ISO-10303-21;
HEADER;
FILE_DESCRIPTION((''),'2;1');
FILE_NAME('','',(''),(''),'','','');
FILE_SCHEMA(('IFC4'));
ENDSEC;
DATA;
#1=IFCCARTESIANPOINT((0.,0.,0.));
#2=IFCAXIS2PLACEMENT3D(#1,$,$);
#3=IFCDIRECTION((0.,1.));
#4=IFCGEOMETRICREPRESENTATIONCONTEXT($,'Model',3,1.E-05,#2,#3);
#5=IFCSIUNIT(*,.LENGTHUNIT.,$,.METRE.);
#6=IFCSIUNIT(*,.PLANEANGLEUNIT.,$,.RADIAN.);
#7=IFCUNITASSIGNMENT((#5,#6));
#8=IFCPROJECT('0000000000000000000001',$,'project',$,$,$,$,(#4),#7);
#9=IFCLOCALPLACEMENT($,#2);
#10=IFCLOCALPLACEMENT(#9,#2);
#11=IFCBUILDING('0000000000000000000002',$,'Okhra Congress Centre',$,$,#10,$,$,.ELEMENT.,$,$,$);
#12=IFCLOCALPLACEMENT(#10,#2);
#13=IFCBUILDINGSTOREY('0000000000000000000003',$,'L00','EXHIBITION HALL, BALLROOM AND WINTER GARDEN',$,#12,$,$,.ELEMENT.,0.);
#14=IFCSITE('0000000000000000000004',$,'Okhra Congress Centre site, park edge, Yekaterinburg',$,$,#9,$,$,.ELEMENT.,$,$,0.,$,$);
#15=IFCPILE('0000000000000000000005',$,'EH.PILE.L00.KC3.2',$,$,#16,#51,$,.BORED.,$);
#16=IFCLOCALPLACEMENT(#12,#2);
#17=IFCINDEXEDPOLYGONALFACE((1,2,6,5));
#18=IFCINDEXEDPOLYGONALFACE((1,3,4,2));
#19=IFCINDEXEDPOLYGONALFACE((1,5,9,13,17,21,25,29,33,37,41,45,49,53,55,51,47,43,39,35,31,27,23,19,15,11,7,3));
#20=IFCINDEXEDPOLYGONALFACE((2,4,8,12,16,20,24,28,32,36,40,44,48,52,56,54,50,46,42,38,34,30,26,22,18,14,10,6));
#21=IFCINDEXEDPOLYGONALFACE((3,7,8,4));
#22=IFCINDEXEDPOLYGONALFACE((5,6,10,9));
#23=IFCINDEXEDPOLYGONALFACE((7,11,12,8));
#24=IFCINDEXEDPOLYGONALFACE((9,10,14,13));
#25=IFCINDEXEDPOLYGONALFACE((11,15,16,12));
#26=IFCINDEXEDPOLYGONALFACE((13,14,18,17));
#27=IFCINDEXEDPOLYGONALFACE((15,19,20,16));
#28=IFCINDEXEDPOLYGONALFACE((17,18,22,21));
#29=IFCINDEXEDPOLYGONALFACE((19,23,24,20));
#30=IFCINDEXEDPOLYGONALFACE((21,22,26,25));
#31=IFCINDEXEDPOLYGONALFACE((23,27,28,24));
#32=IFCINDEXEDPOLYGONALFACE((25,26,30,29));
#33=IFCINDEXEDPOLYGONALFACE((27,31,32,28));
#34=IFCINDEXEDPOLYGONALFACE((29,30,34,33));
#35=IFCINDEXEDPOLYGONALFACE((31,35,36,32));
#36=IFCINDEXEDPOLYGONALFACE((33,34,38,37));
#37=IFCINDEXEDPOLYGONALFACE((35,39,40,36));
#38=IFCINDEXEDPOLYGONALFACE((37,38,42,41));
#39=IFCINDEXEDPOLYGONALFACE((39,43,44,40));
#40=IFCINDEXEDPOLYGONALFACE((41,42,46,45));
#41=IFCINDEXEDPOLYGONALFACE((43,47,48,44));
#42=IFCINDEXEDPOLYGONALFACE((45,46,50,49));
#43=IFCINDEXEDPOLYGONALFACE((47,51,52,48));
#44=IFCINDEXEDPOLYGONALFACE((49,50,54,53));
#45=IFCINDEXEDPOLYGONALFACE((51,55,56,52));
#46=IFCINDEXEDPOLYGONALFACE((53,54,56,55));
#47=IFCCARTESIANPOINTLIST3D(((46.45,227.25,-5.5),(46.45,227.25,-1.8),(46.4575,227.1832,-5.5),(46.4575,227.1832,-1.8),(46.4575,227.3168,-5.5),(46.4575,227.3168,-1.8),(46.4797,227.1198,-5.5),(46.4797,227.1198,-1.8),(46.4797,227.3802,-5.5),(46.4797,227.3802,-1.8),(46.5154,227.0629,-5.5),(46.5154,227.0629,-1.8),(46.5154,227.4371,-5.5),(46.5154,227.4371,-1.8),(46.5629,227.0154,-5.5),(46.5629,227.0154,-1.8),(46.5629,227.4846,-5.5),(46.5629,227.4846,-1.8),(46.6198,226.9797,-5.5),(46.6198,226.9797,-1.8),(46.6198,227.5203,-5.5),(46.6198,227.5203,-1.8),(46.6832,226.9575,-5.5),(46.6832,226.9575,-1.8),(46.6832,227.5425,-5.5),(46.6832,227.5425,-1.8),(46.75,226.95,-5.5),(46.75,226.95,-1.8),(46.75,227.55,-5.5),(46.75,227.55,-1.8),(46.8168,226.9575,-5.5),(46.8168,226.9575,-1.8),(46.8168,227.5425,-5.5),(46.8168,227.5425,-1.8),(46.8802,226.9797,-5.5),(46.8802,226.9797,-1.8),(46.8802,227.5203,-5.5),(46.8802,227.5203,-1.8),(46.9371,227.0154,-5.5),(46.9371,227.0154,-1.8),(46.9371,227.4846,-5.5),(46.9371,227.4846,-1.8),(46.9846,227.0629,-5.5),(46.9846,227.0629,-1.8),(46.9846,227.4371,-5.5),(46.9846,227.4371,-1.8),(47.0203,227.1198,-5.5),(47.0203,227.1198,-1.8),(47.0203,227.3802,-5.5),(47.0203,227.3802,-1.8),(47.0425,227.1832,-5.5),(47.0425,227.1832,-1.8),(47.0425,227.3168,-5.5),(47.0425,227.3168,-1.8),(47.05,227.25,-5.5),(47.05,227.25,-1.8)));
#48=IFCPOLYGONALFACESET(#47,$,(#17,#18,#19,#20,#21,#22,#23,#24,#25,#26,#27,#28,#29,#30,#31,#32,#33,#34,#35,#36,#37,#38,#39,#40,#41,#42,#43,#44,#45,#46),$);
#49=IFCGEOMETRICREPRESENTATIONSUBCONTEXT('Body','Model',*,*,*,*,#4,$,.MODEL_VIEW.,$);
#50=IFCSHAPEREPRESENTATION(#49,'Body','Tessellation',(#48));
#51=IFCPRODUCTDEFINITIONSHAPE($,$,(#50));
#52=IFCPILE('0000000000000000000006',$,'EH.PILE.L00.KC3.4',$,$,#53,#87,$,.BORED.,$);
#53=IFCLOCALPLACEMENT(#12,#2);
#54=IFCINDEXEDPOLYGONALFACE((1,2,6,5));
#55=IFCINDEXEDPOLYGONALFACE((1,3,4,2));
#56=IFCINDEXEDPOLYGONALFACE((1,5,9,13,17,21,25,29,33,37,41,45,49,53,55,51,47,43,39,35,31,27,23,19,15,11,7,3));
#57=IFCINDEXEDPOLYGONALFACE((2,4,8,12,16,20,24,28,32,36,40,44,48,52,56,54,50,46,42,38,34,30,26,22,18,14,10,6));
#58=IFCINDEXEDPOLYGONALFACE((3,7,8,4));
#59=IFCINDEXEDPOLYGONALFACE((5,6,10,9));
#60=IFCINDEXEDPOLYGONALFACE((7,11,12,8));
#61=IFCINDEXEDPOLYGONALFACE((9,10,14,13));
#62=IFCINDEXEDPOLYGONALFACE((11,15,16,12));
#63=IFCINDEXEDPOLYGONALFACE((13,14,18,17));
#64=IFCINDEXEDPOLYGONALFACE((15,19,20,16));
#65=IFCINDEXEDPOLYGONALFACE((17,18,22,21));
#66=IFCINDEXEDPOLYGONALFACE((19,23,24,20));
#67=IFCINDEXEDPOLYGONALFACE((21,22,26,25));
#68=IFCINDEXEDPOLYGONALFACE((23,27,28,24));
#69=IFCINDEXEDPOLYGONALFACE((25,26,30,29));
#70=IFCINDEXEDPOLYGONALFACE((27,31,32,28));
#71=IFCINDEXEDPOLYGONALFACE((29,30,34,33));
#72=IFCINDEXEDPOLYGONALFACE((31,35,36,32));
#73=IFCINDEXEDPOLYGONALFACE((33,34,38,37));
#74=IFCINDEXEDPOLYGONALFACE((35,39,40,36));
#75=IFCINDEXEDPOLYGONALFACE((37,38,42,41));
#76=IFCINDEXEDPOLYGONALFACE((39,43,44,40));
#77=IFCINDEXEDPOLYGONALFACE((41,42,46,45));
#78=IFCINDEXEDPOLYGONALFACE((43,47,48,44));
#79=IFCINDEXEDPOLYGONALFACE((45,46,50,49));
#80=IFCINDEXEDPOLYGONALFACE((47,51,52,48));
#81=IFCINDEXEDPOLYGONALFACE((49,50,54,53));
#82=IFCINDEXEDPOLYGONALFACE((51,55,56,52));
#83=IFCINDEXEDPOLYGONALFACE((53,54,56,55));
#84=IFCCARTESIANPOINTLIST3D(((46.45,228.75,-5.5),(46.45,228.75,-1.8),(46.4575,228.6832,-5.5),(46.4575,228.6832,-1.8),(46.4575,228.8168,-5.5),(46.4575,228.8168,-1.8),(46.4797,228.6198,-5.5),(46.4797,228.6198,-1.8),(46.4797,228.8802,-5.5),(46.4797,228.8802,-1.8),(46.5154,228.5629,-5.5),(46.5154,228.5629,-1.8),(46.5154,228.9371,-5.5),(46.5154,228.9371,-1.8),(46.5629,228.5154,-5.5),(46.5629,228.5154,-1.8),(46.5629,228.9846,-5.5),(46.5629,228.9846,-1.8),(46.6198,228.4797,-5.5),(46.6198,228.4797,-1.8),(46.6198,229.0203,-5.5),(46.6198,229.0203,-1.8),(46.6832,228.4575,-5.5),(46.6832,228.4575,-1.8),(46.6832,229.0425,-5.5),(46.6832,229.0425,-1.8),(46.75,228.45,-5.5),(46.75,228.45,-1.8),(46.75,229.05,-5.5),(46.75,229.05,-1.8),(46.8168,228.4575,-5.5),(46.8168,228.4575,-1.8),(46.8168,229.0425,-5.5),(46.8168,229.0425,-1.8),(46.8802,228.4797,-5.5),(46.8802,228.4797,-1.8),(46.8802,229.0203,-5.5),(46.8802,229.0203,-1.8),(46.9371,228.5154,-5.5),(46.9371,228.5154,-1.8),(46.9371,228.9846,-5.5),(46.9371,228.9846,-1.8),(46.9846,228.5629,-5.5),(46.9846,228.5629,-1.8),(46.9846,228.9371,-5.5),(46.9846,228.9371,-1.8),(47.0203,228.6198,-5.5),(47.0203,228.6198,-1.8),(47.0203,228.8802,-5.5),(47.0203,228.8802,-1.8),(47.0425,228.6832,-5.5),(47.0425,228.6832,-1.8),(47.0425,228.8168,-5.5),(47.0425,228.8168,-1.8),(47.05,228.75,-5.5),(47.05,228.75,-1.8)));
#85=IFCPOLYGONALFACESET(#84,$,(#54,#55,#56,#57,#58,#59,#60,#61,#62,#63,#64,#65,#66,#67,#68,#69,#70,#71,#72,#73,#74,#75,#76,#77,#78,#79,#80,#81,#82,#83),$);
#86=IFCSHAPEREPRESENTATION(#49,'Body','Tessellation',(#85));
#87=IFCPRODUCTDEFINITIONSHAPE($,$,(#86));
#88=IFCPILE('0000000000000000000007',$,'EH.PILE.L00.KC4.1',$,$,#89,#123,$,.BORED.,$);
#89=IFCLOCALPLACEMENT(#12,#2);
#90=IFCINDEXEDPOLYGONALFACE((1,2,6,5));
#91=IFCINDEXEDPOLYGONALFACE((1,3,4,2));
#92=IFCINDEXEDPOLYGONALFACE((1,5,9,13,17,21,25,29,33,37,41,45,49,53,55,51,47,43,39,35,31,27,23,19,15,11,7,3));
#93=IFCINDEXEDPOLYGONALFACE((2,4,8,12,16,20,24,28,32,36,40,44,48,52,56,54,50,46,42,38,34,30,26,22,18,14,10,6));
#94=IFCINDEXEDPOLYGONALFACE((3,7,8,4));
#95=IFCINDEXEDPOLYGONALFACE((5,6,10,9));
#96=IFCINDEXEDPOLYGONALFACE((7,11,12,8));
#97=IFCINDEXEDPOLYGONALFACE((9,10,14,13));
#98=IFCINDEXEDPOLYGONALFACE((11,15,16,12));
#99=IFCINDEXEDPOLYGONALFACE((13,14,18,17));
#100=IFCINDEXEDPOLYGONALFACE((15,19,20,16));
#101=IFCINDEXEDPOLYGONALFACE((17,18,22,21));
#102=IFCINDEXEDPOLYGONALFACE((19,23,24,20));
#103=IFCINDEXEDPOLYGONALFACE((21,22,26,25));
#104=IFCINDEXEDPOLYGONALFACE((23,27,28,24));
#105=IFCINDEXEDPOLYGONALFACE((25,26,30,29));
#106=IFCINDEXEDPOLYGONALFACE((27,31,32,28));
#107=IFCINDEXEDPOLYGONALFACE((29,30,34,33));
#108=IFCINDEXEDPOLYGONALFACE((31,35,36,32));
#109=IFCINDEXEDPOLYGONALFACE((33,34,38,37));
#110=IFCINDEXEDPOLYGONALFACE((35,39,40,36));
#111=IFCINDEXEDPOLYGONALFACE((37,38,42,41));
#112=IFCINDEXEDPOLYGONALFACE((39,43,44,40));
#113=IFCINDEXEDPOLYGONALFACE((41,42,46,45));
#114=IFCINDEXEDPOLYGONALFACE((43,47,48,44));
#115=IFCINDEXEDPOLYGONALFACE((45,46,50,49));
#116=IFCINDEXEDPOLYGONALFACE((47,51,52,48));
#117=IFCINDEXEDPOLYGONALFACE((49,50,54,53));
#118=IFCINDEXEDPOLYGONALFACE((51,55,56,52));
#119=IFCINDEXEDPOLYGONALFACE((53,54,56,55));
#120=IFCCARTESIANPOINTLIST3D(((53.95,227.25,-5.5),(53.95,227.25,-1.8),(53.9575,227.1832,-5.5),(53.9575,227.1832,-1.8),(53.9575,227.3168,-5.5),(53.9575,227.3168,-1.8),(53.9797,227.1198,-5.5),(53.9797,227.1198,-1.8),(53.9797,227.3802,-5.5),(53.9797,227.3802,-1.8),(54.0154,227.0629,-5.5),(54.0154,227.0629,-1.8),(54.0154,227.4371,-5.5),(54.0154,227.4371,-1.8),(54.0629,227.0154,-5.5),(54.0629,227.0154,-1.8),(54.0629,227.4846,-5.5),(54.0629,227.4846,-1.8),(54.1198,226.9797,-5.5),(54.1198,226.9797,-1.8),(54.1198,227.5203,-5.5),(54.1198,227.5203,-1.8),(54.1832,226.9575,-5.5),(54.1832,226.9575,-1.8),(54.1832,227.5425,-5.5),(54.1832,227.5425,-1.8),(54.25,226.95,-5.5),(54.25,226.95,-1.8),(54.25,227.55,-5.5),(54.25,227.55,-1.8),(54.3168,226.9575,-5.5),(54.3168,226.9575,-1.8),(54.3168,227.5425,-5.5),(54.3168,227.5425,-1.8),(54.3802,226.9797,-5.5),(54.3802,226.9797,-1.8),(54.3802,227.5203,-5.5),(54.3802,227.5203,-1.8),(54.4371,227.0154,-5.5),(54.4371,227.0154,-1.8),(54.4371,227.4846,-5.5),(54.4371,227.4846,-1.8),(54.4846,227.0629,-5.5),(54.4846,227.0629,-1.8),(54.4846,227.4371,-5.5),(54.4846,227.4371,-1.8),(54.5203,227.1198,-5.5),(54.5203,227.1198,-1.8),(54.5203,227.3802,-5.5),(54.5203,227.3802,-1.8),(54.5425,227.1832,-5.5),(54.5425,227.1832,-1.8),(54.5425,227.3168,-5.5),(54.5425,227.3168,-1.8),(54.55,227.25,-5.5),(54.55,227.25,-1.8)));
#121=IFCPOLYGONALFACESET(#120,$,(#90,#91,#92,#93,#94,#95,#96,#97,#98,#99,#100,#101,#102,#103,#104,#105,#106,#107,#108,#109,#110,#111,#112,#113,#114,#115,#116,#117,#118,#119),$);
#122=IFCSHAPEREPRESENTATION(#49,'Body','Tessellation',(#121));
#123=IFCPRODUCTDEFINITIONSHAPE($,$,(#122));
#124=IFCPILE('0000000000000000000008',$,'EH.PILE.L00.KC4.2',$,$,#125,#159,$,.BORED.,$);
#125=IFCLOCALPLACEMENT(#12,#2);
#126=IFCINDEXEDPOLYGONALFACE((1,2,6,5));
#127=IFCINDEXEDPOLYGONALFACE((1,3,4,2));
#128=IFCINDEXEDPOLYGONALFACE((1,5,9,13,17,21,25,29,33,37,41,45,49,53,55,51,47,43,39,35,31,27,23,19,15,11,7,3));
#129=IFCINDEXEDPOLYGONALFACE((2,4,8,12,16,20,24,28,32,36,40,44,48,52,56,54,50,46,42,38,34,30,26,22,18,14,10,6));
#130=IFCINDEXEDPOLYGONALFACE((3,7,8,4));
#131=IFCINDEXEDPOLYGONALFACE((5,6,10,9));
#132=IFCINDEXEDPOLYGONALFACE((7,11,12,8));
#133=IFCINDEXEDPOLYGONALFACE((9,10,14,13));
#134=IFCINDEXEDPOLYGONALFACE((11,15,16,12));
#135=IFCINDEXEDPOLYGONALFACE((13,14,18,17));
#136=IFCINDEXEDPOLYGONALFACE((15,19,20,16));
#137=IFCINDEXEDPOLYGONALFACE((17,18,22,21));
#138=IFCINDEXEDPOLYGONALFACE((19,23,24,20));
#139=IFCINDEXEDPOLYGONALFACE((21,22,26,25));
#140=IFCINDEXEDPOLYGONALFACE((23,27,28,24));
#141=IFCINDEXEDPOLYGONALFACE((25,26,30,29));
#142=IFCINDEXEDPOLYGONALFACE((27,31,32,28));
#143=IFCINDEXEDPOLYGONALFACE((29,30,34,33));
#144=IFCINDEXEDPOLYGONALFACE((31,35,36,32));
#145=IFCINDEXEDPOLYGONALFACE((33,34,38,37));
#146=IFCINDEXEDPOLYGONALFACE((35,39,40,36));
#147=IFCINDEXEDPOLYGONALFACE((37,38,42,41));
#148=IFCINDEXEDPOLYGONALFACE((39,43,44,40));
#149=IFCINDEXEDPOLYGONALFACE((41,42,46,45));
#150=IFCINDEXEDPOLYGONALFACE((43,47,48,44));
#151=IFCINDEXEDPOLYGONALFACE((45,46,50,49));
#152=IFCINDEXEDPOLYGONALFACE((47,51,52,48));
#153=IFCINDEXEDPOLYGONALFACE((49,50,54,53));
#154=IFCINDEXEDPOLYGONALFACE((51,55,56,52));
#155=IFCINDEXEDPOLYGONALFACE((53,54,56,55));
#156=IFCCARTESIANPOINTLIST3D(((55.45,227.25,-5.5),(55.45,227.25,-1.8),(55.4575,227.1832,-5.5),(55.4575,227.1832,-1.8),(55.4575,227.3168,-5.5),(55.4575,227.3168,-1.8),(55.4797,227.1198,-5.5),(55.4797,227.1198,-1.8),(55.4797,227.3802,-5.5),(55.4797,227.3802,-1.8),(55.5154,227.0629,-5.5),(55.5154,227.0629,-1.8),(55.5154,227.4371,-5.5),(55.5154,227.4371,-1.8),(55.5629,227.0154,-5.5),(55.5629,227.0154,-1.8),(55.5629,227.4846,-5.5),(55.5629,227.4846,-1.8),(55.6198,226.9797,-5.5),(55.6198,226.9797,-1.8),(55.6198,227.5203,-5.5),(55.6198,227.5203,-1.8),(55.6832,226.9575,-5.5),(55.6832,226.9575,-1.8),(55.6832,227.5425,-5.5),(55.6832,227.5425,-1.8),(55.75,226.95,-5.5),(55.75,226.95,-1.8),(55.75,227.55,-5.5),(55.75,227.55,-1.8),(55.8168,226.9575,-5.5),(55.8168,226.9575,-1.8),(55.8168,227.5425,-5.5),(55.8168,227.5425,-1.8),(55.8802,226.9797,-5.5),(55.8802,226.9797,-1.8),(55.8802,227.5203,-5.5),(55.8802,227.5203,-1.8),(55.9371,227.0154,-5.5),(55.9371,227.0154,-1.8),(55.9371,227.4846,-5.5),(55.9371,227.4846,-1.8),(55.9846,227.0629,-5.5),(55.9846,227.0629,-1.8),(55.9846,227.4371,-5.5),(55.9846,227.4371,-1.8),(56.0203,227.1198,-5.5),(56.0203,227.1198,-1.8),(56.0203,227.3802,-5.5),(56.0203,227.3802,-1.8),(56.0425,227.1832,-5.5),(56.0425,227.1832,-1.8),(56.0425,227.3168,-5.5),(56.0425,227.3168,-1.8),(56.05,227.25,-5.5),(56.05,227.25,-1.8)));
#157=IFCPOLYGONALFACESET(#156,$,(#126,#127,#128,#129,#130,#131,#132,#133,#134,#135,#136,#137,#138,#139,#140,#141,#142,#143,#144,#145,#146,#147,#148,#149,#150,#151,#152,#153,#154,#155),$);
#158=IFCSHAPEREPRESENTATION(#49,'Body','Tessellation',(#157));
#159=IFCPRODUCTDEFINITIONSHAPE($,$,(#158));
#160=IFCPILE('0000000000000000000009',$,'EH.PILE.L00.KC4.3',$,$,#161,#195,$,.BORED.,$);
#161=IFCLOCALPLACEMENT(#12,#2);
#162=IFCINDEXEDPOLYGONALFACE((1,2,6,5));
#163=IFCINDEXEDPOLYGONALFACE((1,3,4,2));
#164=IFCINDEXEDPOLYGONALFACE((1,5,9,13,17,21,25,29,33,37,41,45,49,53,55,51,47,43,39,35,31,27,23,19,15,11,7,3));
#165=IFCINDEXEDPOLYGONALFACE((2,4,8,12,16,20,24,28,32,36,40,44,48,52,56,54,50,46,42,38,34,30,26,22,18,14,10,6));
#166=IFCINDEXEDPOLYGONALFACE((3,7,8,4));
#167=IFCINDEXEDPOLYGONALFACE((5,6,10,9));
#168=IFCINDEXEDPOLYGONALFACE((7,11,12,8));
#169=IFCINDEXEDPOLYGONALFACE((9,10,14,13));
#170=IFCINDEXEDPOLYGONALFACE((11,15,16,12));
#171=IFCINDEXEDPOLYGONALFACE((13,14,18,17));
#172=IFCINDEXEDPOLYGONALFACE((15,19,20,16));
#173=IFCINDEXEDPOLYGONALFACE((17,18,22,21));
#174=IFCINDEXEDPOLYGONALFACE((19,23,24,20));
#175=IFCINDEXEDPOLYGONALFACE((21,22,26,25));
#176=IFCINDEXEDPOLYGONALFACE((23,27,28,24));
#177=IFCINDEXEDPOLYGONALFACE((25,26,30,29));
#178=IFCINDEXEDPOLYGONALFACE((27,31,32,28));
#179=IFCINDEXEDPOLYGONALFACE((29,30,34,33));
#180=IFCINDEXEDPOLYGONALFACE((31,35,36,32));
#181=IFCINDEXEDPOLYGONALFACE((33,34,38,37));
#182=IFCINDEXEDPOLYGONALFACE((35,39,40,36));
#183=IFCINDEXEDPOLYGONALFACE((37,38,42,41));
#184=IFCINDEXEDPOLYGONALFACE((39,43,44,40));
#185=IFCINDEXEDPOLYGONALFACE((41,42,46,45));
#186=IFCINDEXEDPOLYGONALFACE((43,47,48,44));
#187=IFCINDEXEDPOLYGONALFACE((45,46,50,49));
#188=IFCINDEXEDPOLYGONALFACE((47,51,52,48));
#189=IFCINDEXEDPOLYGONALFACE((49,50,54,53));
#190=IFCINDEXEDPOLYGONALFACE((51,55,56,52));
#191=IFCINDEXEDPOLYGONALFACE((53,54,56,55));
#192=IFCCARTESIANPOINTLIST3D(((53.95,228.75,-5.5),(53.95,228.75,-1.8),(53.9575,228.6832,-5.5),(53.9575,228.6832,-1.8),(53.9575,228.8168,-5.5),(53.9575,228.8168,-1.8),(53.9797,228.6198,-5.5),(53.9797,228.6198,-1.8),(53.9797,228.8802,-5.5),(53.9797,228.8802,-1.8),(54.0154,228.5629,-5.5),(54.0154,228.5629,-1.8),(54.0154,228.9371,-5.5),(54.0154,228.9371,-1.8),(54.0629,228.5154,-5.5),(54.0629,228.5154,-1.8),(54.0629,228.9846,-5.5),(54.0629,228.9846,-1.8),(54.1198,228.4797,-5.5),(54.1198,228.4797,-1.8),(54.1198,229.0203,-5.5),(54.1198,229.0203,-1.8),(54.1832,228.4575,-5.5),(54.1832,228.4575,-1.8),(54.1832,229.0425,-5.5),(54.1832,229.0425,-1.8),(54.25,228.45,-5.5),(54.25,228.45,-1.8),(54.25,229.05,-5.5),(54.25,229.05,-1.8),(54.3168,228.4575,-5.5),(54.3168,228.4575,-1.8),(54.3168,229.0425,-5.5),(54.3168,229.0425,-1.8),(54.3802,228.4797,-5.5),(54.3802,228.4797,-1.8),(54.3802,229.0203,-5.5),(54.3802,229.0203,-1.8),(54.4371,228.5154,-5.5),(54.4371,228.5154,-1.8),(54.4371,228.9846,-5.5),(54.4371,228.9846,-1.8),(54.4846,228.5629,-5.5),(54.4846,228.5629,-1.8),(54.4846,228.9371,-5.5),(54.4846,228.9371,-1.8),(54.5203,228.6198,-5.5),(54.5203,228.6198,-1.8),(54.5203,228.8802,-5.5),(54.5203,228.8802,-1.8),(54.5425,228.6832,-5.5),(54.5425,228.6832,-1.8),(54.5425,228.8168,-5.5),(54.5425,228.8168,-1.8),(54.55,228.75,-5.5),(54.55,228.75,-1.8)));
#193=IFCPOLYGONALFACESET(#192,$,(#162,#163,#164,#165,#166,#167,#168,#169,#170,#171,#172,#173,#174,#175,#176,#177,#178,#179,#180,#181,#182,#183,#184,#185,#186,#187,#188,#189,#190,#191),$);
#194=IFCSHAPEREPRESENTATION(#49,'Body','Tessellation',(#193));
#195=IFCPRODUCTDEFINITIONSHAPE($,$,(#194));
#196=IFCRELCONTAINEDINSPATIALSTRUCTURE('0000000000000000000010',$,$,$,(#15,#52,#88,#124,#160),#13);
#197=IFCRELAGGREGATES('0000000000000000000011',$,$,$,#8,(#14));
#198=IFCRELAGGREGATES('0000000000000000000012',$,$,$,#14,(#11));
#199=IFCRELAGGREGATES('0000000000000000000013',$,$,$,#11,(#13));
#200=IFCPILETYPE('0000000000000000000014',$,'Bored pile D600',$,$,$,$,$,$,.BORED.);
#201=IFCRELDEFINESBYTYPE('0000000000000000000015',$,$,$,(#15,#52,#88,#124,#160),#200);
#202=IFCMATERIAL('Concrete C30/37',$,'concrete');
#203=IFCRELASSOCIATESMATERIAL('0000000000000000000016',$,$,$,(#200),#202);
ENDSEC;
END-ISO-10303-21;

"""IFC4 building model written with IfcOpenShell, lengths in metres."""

from ifc_helpers import new_model, si_unit, direction, frame, origin, origin_2d, place, context, subcontext, project, spatial, circle, extrude, material, material_profile, profile_set, type_object, element, save


model = new_model("IFC4")

# Units and contexts
model_context = context("Model", 3, precision=1e-05, world=origin(), true_north=direction((0.0, 1.0)))
body_context = subcontext(model_context, "Body", "Model", "MODEL_VIEW")
ifc_project = project(units=[si_unit("LENGTHUNIT", "METRE"), si_unit("PLANEANGLEUNIT", "RADIAN")], contexts=[model_context])

# Site, building, storey
site_placement = place(None, origin())
site = spatial("IfcSite", under=ifc_project, at=site_placement, Name="Okhra Congress Centre site, park edge, Yekaterinburg", CompositionType="ELEMENT", RefElevation=0.0)
building_placement = place(site_placement, origin())
building = spatial("IfcBuilding", under=site, at=building_placement, Name="Okhra Congress Centre", CompositionType="ELEMENT")
storey_placement = place(building_placement, origin())
storey = spatial("IfcBuildingStorey", under=building, at=storey_placement, Name="L00", Description="EXHIBITION HALL, BALLROOM AND WINTER GARDEN", CompositionType="ELEMENT", Elevation=0.0)

# Piles
ifc_material_1 = material(Name="Concrete C30/37", Category="concrete")
ifc_material_profile_1 = material_profile(ifc_material_1, circle(Radius=0.3, at=origin_2d()), Name="D600")
ifc_profile_set_1 = profile_set([ifc_material_profile_1], Name="Concrete C30/37")
pile_type_1 = type_object("IfcPileType", Name="Bored pile D600", PredefinedType="BORED", material=ifc_profile_set_1)
for number, where, z_axis, x_axis, name in (
    (1, (46.75, 227.25, -1.8), (0.0, 0.0, -1.0), (1.0, 0.0, 0.0), "EH.PILE.L00.KC3.2"),
    (2, (46.75, 228.75, -1.8), (0.0, 0.0, -1.0), (1.0, 0.0, 0.0), "EH.PILE.L00.KC3.4"),
    (3, (54.25, 227.25, -1.8), (0.0, 0.0, -1.0), (1.0, 0.0, 0.0), "EH.PILE.L00.KC4.1"),
    (4, (55.75, 227.25, -1.8), (0.0, 0.0, -1.0), (1.0, 0.0, 0.0), "EH.PILE.L00.KC4.2"),
    (5, (54.25, 228.75, -1.8), (0.0, 0.0, -1.0), (1.0, 0.0, 0.0), "EH.PILE.L00.KC4.3"),
):
    element("IfcPile", number, at=place(storey_placement, frame(where, z_axis=z_axis, x_axis=x_axis)), inside=storey, type_object=pile_type_1, Name=name, PredefinedType="BORED", context=body_context, shape_type="SweptSolid", body=[
        extrude(circle(Radius=0.3, at=origin_2d()), origin(), (0.0, 0.0, 1.0), 3.7),
    ])

save(model, "model.ifc")
